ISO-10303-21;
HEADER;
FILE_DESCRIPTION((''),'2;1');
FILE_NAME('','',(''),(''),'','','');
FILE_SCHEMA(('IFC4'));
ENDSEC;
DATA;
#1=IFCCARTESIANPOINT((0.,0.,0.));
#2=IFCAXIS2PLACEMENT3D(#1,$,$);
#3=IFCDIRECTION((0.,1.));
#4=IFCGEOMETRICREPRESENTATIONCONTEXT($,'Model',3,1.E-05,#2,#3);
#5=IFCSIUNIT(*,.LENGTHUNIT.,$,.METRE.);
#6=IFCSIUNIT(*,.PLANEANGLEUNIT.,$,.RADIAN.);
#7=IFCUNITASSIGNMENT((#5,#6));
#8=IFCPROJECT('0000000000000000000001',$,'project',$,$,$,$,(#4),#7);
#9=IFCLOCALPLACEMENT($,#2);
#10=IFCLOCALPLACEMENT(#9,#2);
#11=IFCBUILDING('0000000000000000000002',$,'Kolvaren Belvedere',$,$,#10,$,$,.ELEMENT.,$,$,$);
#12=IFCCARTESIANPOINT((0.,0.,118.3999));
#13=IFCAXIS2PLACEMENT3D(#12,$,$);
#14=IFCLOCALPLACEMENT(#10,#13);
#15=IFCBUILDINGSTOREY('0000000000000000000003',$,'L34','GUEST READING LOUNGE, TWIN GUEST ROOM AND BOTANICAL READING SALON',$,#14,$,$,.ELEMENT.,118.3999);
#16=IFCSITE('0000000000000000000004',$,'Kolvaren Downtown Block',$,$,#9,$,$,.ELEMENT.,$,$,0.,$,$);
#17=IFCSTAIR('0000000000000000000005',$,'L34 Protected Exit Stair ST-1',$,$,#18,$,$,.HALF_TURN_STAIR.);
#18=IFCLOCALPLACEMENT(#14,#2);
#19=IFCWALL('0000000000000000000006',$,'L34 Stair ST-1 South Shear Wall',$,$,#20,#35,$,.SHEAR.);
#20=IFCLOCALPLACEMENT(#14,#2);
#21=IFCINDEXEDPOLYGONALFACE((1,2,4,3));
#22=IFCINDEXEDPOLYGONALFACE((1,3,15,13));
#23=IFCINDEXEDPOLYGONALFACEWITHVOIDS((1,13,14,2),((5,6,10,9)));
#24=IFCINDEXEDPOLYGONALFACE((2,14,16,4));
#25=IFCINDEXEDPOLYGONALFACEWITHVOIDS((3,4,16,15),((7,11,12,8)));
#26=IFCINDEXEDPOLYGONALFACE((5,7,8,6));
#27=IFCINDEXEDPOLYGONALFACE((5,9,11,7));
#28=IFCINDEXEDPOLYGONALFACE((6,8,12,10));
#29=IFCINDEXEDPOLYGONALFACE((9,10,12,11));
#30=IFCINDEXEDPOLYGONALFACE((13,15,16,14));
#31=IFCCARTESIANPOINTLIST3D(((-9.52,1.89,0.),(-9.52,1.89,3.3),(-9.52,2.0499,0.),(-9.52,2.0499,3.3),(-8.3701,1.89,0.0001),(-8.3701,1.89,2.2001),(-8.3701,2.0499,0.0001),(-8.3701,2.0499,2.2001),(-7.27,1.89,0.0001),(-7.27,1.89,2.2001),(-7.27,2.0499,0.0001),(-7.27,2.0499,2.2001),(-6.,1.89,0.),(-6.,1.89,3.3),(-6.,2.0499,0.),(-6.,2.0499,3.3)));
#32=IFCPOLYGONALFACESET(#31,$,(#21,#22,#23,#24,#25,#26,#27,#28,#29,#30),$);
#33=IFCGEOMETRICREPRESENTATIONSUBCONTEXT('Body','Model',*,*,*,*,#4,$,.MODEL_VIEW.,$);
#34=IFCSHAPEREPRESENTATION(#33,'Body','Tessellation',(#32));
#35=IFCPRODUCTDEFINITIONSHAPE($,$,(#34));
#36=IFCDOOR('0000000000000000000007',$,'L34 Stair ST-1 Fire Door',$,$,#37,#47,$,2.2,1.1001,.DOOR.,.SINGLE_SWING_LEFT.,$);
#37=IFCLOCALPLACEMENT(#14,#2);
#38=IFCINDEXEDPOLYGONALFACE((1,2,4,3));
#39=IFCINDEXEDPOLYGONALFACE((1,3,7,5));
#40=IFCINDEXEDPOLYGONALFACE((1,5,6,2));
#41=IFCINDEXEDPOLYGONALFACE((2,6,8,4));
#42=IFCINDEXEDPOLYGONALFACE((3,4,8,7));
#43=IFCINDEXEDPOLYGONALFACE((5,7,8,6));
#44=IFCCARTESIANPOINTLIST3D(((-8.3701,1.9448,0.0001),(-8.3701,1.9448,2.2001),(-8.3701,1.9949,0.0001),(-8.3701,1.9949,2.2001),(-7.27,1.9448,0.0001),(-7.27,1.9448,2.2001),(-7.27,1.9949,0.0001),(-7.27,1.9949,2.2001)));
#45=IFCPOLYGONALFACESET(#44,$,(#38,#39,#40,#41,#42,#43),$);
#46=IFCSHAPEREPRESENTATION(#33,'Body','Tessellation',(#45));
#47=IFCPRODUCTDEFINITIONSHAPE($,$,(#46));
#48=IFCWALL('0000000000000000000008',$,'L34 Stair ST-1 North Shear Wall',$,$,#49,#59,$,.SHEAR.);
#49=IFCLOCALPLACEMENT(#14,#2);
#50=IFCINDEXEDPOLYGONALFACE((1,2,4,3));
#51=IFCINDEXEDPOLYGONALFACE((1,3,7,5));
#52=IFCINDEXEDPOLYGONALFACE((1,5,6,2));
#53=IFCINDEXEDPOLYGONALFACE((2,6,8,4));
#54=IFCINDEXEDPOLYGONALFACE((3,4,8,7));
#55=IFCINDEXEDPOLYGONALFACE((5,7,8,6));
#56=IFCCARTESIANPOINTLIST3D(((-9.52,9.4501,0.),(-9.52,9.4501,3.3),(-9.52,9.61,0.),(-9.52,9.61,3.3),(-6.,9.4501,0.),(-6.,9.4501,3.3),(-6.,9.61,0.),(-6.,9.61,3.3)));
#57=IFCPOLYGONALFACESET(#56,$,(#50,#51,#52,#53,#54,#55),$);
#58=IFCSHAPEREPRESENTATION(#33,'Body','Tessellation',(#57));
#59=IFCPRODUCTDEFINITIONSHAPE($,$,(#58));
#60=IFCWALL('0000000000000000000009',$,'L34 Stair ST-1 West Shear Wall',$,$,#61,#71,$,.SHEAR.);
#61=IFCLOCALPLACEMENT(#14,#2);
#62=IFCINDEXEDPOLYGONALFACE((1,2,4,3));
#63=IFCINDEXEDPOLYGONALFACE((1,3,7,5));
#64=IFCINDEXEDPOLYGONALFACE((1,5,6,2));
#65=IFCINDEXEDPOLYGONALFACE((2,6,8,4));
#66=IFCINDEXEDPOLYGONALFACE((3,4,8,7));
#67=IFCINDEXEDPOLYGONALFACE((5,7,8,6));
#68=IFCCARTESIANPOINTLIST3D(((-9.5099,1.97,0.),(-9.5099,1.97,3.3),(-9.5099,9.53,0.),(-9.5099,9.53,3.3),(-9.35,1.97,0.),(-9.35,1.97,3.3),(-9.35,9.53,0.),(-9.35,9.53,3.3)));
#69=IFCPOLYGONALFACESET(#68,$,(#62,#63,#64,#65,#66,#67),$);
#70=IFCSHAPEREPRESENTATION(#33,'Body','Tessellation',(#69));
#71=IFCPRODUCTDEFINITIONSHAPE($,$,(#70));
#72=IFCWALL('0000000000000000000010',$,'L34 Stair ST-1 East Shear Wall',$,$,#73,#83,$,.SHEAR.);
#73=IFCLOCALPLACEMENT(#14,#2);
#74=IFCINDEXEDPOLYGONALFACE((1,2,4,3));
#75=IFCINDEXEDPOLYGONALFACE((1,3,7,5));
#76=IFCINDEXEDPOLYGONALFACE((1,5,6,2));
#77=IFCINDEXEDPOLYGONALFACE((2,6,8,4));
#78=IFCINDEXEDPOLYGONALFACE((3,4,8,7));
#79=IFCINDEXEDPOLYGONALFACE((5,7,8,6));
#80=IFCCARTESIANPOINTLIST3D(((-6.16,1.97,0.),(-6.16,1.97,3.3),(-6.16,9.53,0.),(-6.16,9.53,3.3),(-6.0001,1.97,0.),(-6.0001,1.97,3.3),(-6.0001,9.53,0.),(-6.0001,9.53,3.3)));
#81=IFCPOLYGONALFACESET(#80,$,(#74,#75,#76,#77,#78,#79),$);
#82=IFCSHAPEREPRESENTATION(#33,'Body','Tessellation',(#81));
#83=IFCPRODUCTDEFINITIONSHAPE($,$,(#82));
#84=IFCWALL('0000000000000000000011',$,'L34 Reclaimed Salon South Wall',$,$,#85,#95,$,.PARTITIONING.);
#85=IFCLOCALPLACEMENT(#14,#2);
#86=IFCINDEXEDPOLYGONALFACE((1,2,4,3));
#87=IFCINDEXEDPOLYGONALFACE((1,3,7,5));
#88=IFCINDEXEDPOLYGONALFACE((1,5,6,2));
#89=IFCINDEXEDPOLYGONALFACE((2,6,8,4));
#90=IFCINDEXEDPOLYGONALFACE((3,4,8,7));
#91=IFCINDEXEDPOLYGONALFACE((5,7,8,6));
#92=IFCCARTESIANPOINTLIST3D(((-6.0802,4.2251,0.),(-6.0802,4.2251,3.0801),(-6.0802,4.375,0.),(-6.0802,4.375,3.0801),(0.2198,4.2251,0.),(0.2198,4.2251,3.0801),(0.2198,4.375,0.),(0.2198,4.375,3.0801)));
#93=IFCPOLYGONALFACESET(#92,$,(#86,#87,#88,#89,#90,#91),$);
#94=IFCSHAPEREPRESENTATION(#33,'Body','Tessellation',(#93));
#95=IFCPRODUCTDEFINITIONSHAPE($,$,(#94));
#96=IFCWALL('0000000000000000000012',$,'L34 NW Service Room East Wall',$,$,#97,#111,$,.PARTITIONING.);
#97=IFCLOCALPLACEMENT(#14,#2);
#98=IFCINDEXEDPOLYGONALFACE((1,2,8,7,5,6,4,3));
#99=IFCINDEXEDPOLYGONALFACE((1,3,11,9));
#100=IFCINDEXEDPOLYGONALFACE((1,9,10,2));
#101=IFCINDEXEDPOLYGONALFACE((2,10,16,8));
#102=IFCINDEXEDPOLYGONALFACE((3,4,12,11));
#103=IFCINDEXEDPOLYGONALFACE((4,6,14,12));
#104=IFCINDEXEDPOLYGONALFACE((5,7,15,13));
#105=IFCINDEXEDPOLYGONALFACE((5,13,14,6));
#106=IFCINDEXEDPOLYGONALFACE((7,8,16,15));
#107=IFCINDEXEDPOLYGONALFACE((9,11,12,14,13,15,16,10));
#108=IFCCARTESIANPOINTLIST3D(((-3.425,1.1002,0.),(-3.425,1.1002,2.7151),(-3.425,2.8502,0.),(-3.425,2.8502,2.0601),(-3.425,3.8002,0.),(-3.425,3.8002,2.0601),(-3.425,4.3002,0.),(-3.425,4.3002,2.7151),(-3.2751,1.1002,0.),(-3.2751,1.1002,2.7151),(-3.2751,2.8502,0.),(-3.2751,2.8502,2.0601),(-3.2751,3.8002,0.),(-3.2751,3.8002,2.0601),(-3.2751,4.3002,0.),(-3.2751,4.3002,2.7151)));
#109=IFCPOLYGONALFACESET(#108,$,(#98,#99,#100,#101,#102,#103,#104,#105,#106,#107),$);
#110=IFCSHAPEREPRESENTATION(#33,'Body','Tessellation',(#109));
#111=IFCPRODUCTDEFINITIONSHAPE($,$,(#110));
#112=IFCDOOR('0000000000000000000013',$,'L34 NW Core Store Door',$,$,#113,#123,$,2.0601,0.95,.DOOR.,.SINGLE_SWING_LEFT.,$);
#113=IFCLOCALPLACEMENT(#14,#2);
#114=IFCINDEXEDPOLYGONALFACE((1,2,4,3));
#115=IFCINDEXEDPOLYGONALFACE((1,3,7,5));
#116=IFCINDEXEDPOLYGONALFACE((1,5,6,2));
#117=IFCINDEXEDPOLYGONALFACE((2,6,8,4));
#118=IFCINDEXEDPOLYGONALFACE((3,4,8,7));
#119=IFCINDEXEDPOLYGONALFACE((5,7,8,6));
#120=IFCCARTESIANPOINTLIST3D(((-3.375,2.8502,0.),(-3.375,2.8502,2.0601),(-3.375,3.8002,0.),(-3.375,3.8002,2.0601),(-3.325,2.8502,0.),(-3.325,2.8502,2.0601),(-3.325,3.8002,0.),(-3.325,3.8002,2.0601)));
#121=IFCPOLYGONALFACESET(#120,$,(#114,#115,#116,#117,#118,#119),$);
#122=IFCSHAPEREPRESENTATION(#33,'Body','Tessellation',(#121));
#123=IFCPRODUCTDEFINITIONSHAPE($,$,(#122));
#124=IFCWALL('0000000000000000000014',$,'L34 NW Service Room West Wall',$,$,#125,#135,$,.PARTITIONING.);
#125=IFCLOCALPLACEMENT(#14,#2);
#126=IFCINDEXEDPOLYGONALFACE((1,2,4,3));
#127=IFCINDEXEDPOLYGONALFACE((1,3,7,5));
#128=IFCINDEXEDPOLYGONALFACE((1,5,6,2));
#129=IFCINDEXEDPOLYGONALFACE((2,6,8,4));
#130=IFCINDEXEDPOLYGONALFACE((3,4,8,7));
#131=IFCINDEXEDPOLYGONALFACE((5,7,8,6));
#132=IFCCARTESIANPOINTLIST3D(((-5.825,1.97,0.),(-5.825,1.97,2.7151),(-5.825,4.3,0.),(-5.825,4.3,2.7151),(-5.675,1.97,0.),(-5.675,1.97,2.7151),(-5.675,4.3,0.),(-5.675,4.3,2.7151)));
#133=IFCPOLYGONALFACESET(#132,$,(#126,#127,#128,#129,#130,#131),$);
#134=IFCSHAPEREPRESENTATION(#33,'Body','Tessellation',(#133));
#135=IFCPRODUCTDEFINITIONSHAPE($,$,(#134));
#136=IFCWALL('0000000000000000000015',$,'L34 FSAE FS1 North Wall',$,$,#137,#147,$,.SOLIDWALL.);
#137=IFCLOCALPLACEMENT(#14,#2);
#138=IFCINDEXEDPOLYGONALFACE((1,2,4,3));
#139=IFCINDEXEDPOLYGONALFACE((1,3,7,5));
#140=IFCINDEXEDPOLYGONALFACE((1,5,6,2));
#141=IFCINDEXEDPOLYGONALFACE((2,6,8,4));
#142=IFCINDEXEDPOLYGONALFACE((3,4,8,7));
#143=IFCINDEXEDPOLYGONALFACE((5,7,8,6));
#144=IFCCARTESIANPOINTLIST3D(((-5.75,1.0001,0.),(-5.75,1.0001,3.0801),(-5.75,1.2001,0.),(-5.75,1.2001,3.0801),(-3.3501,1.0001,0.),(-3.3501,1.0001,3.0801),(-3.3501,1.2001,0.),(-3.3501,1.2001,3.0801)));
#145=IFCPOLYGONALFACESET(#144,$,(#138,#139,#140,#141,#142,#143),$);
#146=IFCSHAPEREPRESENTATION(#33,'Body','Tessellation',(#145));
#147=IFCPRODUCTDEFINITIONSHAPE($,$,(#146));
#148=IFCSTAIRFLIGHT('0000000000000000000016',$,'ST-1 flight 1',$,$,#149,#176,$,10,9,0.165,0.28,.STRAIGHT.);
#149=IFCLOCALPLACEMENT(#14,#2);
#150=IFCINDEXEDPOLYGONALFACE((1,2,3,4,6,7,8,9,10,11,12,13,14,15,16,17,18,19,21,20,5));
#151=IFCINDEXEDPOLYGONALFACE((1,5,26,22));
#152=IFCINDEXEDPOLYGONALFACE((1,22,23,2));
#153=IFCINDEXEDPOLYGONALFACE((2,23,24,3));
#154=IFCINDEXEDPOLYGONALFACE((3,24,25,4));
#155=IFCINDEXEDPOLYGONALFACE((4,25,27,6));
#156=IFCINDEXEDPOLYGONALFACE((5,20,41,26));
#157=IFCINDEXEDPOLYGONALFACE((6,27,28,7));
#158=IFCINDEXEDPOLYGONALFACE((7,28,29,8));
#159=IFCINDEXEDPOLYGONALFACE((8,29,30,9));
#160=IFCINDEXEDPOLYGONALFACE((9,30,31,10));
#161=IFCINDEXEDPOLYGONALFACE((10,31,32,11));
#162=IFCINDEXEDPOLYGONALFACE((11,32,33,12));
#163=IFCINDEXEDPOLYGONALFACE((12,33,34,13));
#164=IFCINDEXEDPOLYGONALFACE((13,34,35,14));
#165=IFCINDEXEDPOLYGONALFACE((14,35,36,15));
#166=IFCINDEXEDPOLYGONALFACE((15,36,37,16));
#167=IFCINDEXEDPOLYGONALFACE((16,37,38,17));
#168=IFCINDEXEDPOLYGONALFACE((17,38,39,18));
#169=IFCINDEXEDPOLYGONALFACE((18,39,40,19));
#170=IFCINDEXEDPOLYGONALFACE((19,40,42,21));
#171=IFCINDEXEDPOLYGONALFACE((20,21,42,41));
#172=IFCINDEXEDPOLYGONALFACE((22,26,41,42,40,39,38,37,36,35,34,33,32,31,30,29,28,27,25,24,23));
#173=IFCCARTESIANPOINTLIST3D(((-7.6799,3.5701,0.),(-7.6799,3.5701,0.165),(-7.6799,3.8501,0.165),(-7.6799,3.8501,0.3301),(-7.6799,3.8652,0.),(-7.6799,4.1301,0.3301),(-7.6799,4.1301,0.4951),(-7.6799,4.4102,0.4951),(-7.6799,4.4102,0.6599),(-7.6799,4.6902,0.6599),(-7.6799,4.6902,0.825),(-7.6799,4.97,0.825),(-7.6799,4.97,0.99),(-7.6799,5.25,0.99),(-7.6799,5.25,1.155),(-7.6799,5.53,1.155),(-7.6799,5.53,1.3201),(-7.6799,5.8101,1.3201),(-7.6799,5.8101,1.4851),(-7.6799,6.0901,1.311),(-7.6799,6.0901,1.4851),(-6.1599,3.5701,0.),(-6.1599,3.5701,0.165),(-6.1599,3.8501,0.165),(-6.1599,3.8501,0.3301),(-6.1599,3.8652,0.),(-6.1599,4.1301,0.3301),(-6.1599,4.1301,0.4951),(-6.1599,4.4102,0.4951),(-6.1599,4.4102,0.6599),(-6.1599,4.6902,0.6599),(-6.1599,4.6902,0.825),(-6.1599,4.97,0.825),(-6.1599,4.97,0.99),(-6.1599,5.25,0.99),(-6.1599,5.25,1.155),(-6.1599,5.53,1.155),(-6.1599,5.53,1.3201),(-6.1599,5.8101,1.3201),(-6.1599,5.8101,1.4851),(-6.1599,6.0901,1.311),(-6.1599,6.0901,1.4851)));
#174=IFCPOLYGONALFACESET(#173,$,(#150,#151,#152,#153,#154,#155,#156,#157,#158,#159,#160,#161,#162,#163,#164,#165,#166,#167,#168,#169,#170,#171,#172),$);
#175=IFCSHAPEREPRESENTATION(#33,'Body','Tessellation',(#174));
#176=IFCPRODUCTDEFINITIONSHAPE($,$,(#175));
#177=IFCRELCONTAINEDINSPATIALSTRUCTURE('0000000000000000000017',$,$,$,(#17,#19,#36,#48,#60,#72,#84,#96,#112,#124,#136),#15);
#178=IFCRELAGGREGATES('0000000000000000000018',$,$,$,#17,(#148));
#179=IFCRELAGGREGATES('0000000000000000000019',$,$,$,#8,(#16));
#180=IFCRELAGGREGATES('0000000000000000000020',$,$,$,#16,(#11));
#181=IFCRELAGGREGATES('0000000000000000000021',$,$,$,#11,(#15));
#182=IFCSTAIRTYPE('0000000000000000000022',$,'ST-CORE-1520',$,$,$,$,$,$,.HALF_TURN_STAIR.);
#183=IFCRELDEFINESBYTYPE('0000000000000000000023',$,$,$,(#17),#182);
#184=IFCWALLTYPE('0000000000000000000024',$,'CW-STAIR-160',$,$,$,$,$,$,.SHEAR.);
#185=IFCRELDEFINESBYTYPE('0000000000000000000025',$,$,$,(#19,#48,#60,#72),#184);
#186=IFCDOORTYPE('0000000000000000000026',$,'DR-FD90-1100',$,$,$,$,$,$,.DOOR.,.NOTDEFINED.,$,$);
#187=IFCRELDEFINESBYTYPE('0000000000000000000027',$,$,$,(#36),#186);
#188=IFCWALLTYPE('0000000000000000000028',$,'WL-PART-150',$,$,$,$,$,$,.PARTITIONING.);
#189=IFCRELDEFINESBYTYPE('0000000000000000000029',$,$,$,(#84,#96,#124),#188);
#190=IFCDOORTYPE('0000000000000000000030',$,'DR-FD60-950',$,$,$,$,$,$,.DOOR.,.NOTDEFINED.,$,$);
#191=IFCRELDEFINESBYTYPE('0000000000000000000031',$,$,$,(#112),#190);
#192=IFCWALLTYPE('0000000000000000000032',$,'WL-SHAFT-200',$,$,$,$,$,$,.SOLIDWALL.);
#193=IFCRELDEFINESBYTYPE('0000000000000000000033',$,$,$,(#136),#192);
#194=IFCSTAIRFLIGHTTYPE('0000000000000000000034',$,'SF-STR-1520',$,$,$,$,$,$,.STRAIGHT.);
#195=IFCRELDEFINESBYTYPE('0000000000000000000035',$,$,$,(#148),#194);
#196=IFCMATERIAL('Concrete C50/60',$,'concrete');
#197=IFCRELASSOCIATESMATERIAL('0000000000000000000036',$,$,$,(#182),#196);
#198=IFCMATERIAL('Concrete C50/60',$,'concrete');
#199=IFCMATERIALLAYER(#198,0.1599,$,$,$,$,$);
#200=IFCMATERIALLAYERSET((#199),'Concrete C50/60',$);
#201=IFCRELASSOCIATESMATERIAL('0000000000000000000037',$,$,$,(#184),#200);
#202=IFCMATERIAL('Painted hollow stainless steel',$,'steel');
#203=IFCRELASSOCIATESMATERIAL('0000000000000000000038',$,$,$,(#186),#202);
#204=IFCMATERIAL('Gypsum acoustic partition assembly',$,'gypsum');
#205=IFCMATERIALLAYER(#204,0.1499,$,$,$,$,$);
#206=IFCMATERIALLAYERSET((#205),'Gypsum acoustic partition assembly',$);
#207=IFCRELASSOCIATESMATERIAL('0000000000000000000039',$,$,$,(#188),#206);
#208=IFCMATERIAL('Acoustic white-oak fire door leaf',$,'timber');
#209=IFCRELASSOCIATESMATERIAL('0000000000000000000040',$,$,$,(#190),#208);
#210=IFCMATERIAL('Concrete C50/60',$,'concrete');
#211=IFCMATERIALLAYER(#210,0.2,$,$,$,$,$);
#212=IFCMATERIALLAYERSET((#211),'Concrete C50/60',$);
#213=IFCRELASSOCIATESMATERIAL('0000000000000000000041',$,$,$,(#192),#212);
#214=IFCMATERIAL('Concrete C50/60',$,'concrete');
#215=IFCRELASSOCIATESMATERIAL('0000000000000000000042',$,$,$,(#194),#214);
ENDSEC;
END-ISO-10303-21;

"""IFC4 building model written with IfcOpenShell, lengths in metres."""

from ifc_helpers import new_model, si_unit, direction, frame, frame_2d, origin, place, context, subcontext, project, spatial, polyline, rectangle, outline, extrude, material, layer, layer_set, type_object, element, fill, aggregate, save


model = new_model("IFC4")

# Units and contexts
model_context = context("Model", 3, precision=1e-05, world=origin(), true_north=direction((0.0, 1.0)))
body_context = subcontext(model_context, "Body", "Model", "MODEL_VIEW")
ifc_project = project(units=[si_unit("LENGTHUNIT", "METRE"), si_unit("PLANEANGLEUNIT", "RADIAN")], contexts=[model_context])

# Site, building, storey
site_placement = place(None, origin())
site = spatial("IfcSite", under=ifc_project, at=site_placement, Name="Kolvaren Downtown Block", CompositionType="ELEMENT", RefElevation=0.0)
building_placement = place(site_placement, origin())
building = spatial("IfcBuilding", under=site, at=building_placement, Name="Kolvaren Belvedere", CompositionType="ELEMENT")
storey_placement = place(building_placement, frame((0.0, 0.0, 118.3999)))
storey = spatial("IfcBuildingStorey", under=building, at=storey_placement, Name="L34", Description="GUEST READING LOUNGE, TWIN GUEST ROOM AND BOTANICAL READING SALON", CompositionType="ELEMENT", Elevation=118.3999)

# Stair
ifc_material_1 = material(Name="Concrete C50/60", Category="concrete")
stair_type = type_object("IfcStairType", Name="ST-CORE-1520", PredefinedType="HALF_TURN_STAIR", material=ifc_material_1)
stair_1_placement = place(storey_placement, origin())
stair_1 = element("IfcStair", 1, at=stair_1_placement, inside=storey, type_object=stair_type, Name="L34 Protected Exit Stair ST-1", PredefinedType="HALF_TURN_STAIR")

# Wall, opening, door
ifc_material_2 = material(Name="Concrete C50/60", Category="concrete")
ifc_layer_1 = layer(ifc_material_2, 0.1599)
ifc_layer_set_1 = layer_set([ifc_layer_1], Name="Concrete C50/60")
wall_type_1 = type_object("IfcWallType", Name="CW-STAIR-160", PredefinedType="SHEAR", material=ifc_layer_set_1)
wall_1_placement = place(storey_placement, frame((-9.52, 1.97, 0.0), z_axis=(0.0, 0.0, 1.0), x_axis=(1.0, 0.0, 0.0)))
wall_1 = element("IfcWall", 2, at=wall_1_placement, inside=storey, type_object=wall_type_1, Name="L34 Stair ST-1 South Shear Wall", PredefinedType="SHEAR", context=body_context, shape_type="SweptSolid", body=[
    extrude(rectangle(XDim=3.52, YDim=0.1599, at=frame_2d((1.76, 0.0))), origin(), (0.0, 0.0, 1.0), 3.3),
])
opening_1_placement = place(wall_1_placement, frame((1.1499, 0.0, 0.0)))
opening_1 = element("IfcOpeningElement", 3, at=opening_1_placement, cuts=wall_1, PredefinedType="OPENING", context=body_context, shape_type="SweptSolid", body=[
    extrude(rectangle(XDim=1.1001, YDim=2.2, at=frame_2d((0.55, 1.1001))), frame((0.0, 0.0898, 0.0), z_axis=(0.0, -1.0, 0.0), x_axis=(1.0, 0.0, 0.0)), (0.0, 0.0, 1.0), 0.1799),
])
ifc_material_3 = material(Name="Painted hollow stainless steel", Category="steel")
door_type_1 = type_object("IfcDoorType", Name="DR-FD90-1100", OperationType="NOTDEFINED", PredefinedType="DOOR", material=ifc_material_3)
door_1_placement = place(opening_1_placement, origin())
door_1 = element("IfcDoor", 4, at=door_1_placement, inside=storey, type_object=door_type_1, Name="L34 Stair ST-1 Fire Door", OperationType="SINGLE_SWING_LEFT", OverallHeight=2.2, OverallWidth=1.1001, PredefinedType="DOOR", context=body_context, shape_type="SweptSolid", body=[
    extrude(rectangle(XDim=1.1001, YDim=2.2, at=frame_2d((0.55, 1.1001))), frame((0.0, 0.0249, 0.0), z_axis=(0.0, -1.0, 0.0), x_axis=(1.0, 0.0, 0.0)), (0.0, 0.0, 1.0), 0.05),
])
fill(opening_1, door_1)

# Walls
wall_2_placement = place(storey_placement, frame((-9.52, 9.53, 0.0), z_axis=(0.0, 0.0, 1.0), x_axis=(1.0, 0.0, 0.0)))
element("IfcWall", 5, at=wall_2_placement, inside=storey, type_object=wall_type_1, Name="L34 Stair ST-1 North Shear Wall", PredefinedType="SHEAR", context=body_context, shape_type="SweptSolid", body=[
    extrude(rectangle(XDim=3.52, YDim=0.1599, at=frame_2d((1.76, 0.0))), origin(), (0.0, 0.0, 1.0), 3.3),
])
for number, where, z_axis, x_axis, name in (
    (6, (-9.4299, 1.97, 0.0), (0.0, 0.0, 1.0), (0.0, 1.0, 0.0), "L34 Stair ST-1 West Shear Wall"),
    (7, (-6.0801, 1.97, 0.0), (0.0, 0.0, 1.0), (0.0, 1.0, 0.0), "L34 Stair ST-1 East Shear Wall"),
):
    element("IfcWall", number, at=place(storey_placement, frame(where, z_axis=z_axis, x_axis=x_axis)), inside=storey, type_object=wall_type_1, Name=name, PredefinedType="SHEAR", context=body_context, shape_type="SweptSolid", body=[
        extrude(rectangle(XDim=7.5601, YDim=0.1599, at=frame_2d((3.78, 0.0))), origin(), (0.0, 0.0, 1.0), 3.3),
    ])
ifc_material_4 = material(Name="Gypsum acoustic partition assembly", Category="gypsum")
ifc_layer_2 = layer(ifc_material_4, 0.1499)
ifc_layer_set_2 = layer_set([ifc_layer_2], Name="Gypsum acoustic partition assembly")
wall_type_2 = type_object("IfcWallType", Name="WL-PART-150", PredefinedType="PARTITIONING", material=ifc_layer_set_2)
wall_3_placement = place(storey_placement, frame((-6.0801, 4.3, 0.0), z_axis=(0.0, 0.0, 1.0), x_axis=(1.0, 0.0, 0.0)))
element("IfcWall", 8, at=wall_3_placement, inside=storey, type_object=wall_type_2, Name="L34 Reclaimed Salon South Wall", PredefinedType="PARTITIONING", context=body_context, shape_type="SweptSolid", body=[
    extrude(rectangle(XDim=6.3, YDim=0.1499, at=frame_2d((3.1499, 0.0))), origin(), (0.0, 0.0, 1.0), 3.0801),
])

# Wall, opening, door
wall_4_placement = place(storey_placement, frame((-3.3501, 1.1001, 0.0), z_axis=(0.0, 0.0, 1.0), x_axis=(0.0, 1.0, 0.0)))
wall_4 = element("IfcWall", 9, at=wall_4_placement, inside=storey, type_object=wall_type_2, Name="L34 NW Service Room East Wall", PredefinedType="PARTITIONING", context=body_context, shape_type="SweptSolid", body=[
    extrude(rectangle(XDim=3.2, YDim=0.1499, at=frame_2d((1.6001, 0.0))), origin(), (0.0, 0.0, 1.0), 2.7151),
])
opening_2_placement = place(wall_4_placement, frame((1.75, 0.0, 0.0)))
opening_2 = element("IfcOpeningElement", 10, at=opening_2_placement, cuts=wall_4, PredefinedType="OPENING", context=body_context, shape_type="SweptSolid", body=[
    extrude(rectangle(XDim=0.95, YDim=2.0601, at=frame_2d((0.4751, 1.03))), frame((0.0, 0.085, 0.0), z_axis=(0.0, -1.0, 0.0), x_axis=(1.0, 0.0, 0.0)), (0.0, 0.0, 1.0), 0.1699),
])
ifc_material_5 = material(Name="Acoustic white-oak fire door leaf", Category="timber")
door_type_2 = type_object("IfcDoorType", Name="DR-FD60-950", OperationType="NOTDEFINED", PredefinedType="DOOR", material=ifc_material_5)
door_2_placement = place(opening_2_placement, origin())
door_2 = element("IfcDoor", 11, at=door_2_placement, inside=storey, type_object=door_type_2, Name="L34 NW Core Store Door", OperationType="SINGLE_SWING_LEFT", OverallHeight=2.0601, OverallWidth=0.95, PredefinedType="DOOR", context=body_context, shape_type="SweptSolid", body=[
    extrude(rectangle(XDim=0.95, YDim=2.0601, at=frame_2d((0.4751, 1.03))), frame((0.0, 0.0249, 0.0), z_axis=(0.0, -1.0, 0.0), x_axis=(1.0, 0.0, 0.0)), (0.0, 0.0, 1.0), 0.05),
])
fill(opening_2, door_2)

# Walls
wall_5_placement = place(storey_placement, frame((-5.75, 1.97, 0.0), z_axis=(0.0, 0.0, 1.0), x_axis=(0.0, 1.0, 0.0)))
element("IfcWall", 12, at=wall_5_placement, inside=storey, type_object=wall_type_2, Name="L34 NW Service Room West Wall", PredefinedType="PARTITIONING", context=body_context, shape_type="SweptSolid", body=[
    extrude(rectangle(XDim=2.3301, YDim=0.1499, at=frame_2d((1.165, 0.0))), origin(), (0.0, 0.0, 1.0), 2.7151),
])
ifc_material_6 = material(Name="Concrete C50/60", Category="concrete")
ifc_layer_3 = layer(ifc_material_6, 0.2)
ifc_layer_set_3 = layer_set([ifc_layer_3], Name="Concrete C50/60")
wall_type_3 = type_object("IfcWallType", Name="WL-SHAFT-200", PredefinedType="SOLIDWALL", material=ifc_layer_set_3)
wall_6_placement = place(storey_placement, frame((-5.75, 1.1001, 0.0), z_axis=(0.0, 0.0, 1.0), x_axis=(1.0, 0.0, 0.0)))
element("IfcWall", 13, at=wall_6_placement, inside=storey, type_object=wall_type_3, Name="L34 FSAE FS1 North Wall", PredefinedType="SOLIDWALL", context=body_context, shape_type="SweptSolid", body=[
    extrude(rectangle(XDim=2.3999, YDim=0.2, at=frame_2d((1.2, 0.0))), origin(), (0.0, 0.0, 1.0), 3.0801),
])

# Stair flight
ifc_material_7 = material(Name="Concrete C50/60", Category="concrete")
stair_flight_type = type_object("IfcStairFlightType", Name="SF-STR-1520", PredefinedType="STRAIGHT", material=ifc_material_7)
stair_flight_1_placement = place(storey_placement, frame((-6.9199, 3.5701, 0.0), z_axis=(0.0, 0.0, 1.0), x_axis=(0.0, 1.0, 0.0)))
stair_flight_1 = element("IfcStairFlight", 14, at=stair_flight_1_placement, type_object=stair_flight_type, Name="ST-1 flight 1", NumberOfRisers=10, NumberOfTreads=9, PredefinedType="STRAIGHT", RiserHeight=0.165, TreadLength=0.28, context=body_context, shape_type="SweptSolid", body=[
    extrude(outline(polyline([(0.0, 0.0), (0.0, 0.165), (0.28, 0.165), (0.28, 0.3301), (0.5601, 0.3301), (0.5601, 0.4951), (0.8401, 0.4951), (0.8401, 0.6599), (1.1201, 0.6599), (1.1201, 0.825), (1.3999, 0.825), (1.3999, 0.99), (1.6799, 0.99), (1.6799, 1.155), (1.96, 1.155), (1.96, 1.3201), (2.24, 1.3201), (2.24, 1.4851), (2.52, 1.4851), (2.52, 1.6499), (2.52, 1.311), (0.2952, 0.0), (0.0, 0.0)])), frame((0.0, 0.76, 0.0), z_axis=(0.0, -1.0, 0.0), x_axis=(1.0, 0.0, 0.0)), (0.0, 0.0, 1.0), 1.52),
])
aggregate(stair_1, [stair_flight_1])

save(model, "model.ifc")
